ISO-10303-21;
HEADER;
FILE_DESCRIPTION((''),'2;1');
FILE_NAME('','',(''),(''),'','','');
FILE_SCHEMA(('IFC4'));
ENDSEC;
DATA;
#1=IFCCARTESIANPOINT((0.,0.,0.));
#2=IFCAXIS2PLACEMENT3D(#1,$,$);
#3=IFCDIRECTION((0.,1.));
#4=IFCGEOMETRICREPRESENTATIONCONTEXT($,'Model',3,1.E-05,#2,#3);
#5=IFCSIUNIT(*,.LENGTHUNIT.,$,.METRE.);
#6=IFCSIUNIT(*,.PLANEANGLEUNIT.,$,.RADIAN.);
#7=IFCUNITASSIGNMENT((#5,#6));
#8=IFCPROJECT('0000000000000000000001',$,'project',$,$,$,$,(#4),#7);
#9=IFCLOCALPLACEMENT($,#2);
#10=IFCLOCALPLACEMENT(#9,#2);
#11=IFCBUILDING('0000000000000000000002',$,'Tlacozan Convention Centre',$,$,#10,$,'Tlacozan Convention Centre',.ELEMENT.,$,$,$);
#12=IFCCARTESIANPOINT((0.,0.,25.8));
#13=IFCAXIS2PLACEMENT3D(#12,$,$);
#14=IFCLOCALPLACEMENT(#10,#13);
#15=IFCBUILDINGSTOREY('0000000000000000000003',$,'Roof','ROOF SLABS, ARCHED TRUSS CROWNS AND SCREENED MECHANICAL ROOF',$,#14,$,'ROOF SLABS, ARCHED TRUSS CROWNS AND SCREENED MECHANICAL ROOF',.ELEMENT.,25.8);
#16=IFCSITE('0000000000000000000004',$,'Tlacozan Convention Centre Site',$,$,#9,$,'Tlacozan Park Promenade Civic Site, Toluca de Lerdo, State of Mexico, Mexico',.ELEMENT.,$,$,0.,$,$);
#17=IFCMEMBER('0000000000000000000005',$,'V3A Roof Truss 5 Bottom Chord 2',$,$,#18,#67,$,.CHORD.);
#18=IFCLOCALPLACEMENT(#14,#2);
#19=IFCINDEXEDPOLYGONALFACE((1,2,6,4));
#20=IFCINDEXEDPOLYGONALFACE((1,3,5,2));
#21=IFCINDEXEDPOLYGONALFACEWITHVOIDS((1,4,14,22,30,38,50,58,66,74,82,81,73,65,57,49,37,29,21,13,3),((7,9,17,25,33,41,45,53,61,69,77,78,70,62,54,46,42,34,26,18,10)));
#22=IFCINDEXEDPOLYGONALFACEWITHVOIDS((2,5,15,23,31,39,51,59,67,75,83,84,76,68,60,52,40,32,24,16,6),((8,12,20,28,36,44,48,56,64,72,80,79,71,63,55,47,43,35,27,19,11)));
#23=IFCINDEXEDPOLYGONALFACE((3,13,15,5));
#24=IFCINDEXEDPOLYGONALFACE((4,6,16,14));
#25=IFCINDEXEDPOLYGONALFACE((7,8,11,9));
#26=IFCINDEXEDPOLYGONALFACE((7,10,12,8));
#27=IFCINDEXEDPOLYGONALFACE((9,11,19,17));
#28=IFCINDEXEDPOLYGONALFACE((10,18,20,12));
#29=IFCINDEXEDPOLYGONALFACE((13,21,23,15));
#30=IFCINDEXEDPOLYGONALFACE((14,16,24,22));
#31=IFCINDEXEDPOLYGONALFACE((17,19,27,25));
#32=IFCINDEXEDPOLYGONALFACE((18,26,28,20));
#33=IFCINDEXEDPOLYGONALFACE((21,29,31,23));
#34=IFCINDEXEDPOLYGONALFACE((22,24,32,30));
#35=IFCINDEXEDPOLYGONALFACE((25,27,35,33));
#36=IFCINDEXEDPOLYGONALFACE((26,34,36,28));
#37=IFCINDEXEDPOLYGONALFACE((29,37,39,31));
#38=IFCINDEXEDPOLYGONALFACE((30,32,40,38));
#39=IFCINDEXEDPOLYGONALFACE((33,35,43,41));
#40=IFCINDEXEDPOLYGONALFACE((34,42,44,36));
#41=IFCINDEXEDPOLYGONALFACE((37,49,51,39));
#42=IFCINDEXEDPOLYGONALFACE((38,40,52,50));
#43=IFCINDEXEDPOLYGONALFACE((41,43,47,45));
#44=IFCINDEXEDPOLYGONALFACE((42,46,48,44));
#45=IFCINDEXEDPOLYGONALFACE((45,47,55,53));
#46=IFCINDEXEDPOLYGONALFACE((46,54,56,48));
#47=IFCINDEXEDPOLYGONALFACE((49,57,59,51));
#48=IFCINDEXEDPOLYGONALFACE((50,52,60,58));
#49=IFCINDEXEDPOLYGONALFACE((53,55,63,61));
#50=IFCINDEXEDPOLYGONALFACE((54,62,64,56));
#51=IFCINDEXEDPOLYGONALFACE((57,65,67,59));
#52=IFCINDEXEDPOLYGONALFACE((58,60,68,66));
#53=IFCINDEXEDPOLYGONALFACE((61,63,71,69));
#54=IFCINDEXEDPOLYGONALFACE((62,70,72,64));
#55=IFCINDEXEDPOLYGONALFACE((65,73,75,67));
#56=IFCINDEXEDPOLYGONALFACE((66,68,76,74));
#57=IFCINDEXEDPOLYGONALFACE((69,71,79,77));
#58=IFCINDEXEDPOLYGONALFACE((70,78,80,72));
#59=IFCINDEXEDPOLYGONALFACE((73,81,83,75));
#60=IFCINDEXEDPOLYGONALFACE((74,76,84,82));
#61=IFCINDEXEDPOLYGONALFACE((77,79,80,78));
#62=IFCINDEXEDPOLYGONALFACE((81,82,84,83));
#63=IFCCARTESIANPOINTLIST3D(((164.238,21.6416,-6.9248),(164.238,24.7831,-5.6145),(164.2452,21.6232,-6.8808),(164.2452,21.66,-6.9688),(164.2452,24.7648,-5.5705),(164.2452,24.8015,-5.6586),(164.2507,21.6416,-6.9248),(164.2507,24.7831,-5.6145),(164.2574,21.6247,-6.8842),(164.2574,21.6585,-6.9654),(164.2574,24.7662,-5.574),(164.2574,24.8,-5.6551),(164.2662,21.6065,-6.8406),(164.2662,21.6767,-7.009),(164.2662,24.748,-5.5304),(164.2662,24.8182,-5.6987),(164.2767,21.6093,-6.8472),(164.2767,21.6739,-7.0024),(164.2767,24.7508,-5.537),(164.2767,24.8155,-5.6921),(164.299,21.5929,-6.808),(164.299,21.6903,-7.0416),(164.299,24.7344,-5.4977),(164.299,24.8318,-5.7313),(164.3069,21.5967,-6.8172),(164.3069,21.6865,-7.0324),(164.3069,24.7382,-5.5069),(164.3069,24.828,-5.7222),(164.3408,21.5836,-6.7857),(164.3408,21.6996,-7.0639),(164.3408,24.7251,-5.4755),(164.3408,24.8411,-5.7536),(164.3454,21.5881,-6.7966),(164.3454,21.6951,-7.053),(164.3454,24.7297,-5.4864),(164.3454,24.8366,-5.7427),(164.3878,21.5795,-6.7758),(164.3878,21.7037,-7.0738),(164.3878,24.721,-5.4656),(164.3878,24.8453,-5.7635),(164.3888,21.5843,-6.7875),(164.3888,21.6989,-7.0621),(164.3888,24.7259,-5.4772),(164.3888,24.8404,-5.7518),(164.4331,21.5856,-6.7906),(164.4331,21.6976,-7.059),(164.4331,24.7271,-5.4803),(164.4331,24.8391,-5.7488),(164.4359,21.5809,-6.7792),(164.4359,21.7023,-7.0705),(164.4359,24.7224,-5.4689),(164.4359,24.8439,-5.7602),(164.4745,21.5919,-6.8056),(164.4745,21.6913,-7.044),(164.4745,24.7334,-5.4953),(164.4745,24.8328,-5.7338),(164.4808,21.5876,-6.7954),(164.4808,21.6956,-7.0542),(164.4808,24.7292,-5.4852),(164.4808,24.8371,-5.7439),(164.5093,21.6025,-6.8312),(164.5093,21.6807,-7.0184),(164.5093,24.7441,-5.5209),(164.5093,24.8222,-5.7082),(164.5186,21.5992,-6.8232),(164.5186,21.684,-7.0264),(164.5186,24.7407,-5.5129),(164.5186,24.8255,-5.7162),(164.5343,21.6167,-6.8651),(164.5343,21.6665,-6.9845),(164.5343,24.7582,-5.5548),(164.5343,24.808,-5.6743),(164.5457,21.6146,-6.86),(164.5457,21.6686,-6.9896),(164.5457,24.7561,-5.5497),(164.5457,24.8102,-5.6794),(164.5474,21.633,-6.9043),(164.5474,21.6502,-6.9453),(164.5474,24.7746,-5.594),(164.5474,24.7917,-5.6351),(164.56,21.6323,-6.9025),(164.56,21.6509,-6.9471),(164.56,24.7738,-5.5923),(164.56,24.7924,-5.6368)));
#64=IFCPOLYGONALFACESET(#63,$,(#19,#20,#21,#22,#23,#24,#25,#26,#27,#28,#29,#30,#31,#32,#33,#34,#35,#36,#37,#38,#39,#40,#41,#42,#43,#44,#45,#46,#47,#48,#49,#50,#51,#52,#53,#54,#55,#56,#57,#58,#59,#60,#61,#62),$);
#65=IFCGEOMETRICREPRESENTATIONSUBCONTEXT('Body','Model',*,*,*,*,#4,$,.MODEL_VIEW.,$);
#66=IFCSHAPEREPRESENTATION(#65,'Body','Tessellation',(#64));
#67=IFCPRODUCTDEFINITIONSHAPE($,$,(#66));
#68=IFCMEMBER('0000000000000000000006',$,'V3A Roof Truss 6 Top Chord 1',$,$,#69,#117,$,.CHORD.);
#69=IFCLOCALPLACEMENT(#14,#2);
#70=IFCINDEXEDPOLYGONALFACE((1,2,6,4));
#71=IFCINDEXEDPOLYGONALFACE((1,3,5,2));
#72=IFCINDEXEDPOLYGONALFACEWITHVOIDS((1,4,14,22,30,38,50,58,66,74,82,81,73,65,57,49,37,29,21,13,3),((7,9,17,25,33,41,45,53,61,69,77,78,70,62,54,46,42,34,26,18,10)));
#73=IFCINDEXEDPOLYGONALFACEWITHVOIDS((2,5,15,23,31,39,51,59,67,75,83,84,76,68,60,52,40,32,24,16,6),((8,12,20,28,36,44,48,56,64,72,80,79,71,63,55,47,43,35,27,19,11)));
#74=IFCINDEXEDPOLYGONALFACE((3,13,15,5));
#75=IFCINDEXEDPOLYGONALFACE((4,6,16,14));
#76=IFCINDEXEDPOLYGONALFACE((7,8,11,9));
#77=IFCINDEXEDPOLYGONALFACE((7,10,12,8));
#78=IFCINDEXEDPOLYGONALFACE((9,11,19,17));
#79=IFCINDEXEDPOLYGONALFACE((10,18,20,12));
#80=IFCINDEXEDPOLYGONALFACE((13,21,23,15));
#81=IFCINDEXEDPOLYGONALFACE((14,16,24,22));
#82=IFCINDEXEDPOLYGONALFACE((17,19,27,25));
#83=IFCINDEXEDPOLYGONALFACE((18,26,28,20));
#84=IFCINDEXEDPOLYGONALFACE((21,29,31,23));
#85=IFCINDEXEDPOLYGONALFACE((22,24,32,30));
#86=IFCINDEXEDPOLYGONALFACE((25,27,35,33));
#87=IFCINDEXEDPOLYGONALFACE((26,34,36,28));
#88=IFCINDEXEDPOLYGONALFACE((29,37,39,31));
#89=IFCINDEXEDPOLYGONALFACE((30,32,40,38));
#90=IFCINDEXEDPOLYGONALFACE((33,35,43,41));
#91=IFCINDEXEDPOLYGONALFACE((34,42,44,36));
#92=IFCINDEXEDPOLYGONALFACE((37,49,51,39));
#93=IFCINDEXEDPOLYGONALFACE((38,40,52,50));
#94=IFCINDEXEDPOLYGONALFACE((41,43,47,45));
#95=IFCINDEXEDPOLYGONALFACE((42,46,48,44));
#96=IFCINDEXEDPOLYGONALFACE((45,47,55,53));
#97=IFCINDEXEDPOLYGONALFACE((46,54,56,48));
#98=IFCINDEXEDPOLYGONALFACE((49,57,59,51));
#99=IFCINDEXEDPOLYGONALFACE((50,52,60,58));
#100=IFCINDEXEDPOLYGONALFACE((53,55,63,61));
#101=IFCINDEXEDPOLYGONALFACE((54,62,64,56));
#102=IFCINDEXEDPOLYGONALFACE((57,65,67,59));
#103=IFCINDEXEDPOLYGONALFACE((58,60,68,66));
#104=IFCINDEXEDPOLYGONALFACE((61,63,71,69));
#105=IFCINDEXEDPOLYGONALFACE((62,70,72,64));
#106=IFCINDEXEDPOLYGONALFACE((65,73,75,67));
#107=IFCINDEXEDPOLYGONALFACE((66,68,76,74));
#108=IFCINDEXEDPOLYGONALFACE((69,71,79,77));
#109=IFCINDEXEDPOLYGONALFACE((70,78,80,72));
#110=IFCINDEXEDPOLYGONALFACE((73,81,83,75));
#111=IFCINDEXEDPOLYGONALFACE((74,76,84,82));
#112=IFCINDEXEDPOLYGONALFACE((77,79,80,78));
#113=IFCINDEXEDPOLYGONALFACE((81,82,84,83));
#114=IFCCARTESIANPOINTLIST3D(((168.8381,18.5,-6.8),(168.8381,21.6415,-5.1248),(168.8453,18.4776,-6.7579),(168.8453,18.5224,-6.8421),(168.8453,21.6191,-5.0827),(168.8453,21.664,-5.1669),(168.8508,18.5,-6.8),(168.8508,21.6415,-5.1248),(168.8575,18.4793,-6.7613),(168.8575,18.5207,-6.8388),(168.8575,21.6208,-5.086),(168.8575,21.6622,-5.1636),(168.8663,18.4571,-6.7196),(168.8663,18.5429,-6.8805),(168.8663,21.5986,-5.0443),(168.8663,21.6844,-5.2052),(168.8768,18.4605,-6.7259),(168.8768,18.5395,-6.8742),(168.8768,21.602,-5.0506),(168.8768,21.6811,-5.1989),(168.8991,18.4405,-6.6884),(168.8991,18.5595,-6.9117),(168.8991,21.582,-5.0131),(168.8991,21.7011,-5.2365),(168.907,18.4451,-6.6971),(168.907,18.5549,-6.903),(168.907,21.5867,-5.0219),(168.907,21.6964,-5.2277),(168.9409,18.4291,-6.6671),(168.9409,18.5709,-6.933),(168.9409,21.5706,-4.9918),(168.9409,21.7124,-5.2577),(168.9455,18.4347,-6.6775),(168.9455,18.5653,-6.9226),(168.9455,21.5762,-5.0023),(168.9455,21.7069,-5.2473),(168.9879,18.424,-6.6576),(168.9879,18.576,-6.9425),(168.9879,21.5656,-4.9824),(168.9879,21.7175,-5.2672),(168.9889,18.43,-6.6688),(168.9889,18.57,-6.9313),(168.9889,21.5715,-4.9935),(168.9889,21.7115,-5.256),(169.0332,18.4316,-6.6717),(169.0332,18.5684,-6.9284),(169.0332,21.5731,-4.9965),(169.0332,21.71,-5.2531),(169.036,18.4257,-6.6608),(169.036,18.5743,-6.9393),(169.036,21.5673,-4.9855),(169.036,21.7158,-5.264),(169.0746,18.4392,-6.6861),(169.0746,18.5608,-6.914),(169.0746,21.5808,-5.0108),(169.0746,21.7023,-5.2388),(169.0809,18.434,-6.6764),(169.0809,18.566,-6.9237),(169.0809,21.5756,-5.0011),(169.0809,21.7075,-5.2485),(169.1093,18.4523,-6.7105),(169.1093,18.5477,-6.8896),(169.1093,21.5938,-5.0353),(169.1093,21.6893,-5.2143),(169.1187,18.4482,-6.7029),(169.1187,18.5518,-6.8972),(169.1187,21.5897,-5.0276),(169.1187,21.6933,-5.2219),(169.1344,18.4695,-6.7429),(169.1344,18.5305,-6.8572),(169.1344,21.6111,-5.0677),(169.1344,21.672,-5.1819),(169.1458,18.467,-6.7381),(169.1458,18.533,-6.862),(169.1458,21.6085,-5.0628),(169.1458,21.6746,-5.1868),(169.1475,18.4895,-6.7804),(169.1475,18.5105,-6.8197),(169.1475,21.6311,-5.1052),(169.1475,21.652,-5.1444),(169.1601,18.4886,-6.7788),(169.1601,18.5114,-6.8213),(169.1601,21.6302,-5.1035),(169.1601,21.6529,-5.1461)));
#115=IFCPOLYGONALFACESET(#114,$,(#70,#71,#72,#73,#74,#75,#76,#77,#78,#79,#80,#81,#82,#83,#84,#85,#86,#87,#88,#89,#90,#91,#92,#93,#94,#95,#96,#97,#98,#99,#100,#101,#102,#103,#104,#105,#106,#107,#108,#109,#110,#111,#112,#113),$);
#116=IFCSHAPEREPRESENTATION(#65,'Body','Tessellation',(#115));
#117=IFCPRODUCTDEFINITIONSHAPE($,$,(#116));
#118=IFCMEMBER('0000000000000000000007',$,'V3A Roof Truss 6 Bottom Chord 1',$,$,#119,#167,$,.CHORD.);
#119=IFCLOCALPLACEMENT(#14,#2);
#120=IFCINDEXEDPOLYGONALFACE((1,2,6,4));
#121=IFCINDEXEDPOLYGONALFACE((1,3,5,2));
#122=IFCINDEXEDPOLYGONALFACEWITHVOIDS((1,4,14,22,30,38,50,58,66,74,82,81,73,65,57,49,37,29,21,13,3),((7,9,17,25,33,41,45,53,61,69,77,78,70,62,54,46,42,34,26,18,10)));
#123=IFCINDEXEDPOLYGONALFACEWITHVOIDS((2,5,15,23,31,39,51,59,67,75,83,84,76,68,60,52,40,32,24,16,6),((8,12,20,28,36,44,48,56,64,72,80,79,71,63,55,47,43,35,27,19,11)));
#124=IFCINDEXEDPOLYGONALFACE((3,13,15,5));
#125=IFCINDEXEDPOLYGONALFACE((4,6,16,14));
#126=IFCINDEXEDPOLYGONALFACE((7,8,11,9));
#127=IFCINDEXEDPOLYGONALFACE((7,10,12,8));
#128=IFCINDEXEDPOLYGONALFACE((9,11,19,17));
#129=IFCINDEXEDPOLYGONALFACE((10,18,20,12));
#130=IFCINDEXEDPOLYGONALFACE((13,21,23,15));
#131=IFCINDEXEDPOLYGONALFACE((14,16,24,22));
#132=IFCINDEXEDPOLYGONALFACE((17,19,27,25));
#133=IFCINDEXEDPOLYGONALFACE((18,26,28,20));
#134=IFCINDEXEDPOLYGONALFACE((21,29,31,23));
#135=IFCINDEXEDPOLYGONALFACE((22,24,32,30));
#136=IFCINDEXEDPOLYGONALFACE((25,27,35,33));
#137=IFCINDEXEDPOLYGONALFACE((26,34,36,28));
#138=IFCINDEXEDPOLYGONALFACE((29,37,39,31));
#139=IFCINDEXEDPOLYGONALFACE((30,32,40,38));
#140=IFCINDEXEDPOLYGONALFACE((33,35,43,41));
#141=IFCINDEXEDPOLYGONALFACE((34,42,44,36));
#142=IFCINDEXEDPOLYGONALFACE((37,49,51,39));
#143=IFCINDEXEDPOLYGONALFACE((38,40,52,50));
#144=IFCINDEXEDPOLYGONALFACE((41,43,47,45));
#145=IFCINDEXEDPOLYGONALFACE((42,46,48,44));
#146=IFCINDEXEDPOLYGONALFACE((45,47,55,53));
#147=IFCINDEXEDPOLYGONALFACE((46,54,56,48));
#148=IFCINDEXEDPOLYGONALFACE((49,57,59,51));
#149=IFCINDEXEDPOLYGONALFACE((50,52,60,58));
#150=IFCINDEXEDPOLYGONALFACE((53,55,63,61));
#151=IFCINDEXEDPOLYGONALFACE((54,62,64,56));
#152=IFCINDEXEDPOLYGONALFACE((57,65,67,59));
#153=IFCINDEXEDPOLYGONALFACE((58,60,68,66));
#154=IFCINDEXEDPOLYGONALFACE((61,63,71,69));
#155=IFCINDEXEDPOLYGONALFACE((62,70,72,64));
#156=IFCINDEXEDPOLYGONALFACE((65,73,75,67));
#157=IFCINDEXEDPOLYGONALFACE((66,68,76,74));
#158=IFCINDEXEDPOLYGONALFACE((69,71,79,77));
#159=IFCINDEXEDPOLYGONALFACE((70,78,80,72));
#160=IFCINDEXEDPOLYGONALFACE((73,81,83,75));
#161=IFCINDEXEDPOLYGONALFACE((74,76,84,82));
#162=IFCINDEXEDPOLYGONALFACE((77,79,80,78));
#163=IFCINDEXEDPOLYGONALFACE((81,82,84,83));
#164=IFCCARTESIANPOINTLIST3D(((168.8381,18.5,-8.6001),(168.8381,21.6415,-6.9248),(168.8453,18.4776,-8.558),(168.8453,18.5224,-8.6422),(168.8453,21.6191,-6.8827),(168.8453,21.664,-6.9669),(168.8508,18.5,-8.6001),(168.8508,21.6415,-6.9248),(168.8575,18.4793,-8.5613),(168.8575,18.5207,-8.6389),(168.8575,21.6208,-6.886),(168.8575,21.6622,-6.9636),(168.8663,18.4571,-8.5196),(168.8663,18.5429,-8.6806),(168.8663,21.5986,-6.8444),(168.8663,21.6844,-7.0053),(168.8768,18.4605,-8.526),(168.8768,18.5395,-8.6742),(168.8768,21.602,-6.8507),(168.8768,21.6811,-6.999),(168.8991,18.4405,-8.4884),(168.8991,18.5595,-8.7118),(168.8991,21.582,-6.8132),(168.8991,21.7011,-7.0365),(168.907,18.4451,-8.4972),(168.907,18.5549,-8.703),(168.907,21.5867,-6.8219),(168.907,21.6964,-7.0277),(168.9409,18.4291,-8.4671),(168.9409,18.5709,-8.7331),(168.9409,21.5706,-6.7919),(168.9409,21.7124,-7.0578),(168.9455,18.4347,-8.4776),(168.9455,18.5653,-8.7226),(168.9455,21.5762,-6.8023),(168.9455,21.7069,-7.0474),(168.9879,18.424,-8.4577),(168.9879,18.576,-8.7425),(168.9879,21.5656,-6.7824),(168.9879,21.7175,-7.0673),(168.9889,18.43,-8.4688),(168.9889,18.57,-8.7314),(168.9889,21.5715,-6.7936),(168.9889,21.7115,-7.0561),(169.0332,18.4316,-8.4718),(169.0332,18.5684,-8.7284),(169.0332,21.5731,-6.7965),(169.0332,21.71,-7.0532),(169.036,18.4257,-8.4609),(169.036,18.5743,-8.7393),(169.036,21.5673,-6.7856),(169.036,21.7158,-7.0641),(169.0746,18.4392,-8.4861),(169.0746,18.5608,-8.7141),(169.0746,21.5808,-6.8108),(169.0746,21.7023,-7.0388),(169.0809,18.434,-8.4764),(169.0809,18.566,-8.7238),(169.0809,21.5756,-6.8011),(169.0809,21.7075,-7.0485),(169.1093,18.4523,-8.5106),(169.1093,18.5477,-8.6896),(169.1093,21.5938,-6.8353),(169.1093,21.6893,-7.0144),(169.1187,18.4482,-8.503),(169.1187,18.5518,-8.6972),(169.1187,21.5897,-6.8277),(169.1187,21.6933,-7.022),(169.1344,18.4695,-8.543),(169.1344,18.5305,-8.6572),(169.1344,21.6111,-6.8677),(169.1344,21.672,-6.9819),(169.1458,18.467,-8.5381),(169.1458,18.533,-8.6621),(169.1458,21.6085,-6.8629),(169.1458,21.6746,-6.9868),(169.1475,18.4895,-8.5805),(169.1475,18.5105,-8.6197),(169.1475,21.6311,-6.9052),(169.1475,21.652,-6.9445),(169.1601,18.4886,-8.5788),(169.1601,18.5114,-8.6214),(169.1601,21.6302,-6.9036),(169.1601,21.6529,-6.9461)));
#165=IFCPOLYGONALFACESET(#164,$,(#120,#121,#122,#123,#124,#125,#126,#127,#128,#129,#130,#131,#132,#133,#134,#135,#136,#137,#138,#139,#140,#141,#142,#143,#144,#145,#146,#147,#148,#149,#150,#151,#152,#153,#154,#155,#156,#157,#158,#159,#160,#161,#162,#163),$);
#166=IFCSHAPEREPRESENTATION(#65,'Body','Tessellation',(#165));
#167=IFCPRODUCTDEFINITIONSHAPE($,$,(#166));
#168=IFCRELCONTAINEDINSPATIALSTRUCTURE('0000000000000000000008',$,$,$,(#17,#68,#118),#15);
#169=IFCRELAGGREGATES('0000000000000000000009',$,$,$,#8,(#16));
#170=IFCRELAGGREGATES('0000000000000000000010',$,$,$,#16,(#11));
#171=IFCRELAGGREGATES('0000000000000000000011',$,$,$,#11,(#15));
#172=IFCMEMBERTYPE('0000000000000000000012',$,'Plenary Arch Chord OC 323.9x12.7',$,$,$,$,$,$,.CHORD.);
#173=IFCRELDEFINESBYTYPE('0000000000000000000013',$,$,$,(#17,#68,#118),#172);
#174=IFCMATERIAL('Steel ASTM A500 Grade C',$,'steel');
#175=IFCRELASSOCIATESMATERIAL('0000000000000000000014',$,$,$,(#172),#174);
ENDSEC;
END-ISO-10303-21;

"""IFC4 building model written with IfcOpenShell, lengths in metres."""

from ifc_helpers import new_model, si_unit, direction, frame, origin, origin_2d, place, context, subcontext, project, spatial, hollow_circle, extrude, material, material_profile, profile_set, type_object, element, save


model = new_model("IFC4")

# Units and contexts
model_context = context("Model", 3, precision=1e-05, world=origin(), true_north=direction((0.0, 1.0)))
body_context = subcontext(model_context, "Body", "Model", "MODEL_VIEW")
ifc_project = project(units=[si_unit("LENGTHUNIT", "METRE"), si_unit("PLANEANGLEUNIT", "RADIAN")], contexts=[model_context])

# Site, building, storey
site_placement = place(None, origin())
site = spatial("IfcSite", under=ifc_project, at=site_placement, Name="Tlacozan Convention Centre Site", LongName="Tlacozan Park Promenade Civic Site, Toluca de Lerdo, State of Mexico, Mexico", CompositionType="ELEMENT", RefElevation=0.0)
building_placement = place(site_placement, origin())
building = spatial("IfcBuilding", under=site, at=building_placement, Name="Tlacozan Convention Centre", LongName="Tlacozan Convention Centre", CompositionType="ELEMENT")
storey_placement = place(building_placement, frame((0.0, 0.0, 25.8)))
storey = spatial("IfcBuildingStorey", under=building, at=storey_placement, Name="Roof", Description="ROOF SLABS, ARCHED TRUSS CROWNS AND SCREENED MECHANICAL ROOF", LongName="ROOF SLABS, ARCHED TRUSS CROWNS AND SCREENED MECHANICAL ROOF", CompositionType="ELEMENT", Elevation=25.8)

# Members
ifc_material_1 = material(Name="Steel ASTM A500 Grade C", Category="steel")
ifc_material_profile_1 = material_profile(ifc_material_1, hollow_circle(Radius=0.1619, WallThickness=0.0127, at=origin_2d()), Name="OC 323.9x12.7")
ifc_profile_set_1 = profile_set([ifc_material_profile_1], Name="Steel ASTM A500 Grade C")
member_type_1 = type_object("IfcMemberType", Name="Plenary Arch Chord OC 323.9x12.7", PredefinedType="CHORD", material=ifc_profile_set_1)
for number, where, z_axis, x_axis, name in (
    (1, (164.3999, 21.6416, -6.9248), (0.0, 0.922941, 0.384941), (-1.0, 0.0, 0.0), "V3A Roof Truss 5 Bottom Chord 2"),
):
    element("IfcMember", number, at=place(storey_placement, frame(where, z_axis=z_axis, x_axis=x_axis)), inside=storey, type_object=member_type_1, Name=name, PredefinedType="CHORD", context=body_context, shape_type="SweptSolid", body=[
        extrude(hollow_circle(Radius=0.1619, WallThickness=0.0127, at=origin_2d()), origin(), (0.0, 0.0, 1.0), 3.4038),
    ])
for number, where, z_axis, x_axis, name in (
    (2, (169.0, 18.5, -6.8), (0.0, 0.88238, 0.470538), (-1.0, 0.0, 0.0), "V3A Roof Truss 6 Top Chord 1"),
    (3, (169.0, 18.5, -8.6001), (0.0, 0.88238, 0.470538), (-1.0, 0.0, 0.0), "V3A Roof Truss 6 Bottom Chord 1"),
):
    element("IfcMember", number, at=place(storey_placement, frame(where, z_axis=z_axis, x_axis=x_axis)), inside=storey, type_object=member_type_1, Name=name, PredefinedType="CHORD", context=body_context, shape_type="SweptSolid", body=[
        extrude(hollow_circle(Radius=0.1619, WallThickness=0.0127, at=origin_2d()), origin(), (0.0, 0.0, 1.0), 3.5603),
    ])

save(model, "model.ifc")
